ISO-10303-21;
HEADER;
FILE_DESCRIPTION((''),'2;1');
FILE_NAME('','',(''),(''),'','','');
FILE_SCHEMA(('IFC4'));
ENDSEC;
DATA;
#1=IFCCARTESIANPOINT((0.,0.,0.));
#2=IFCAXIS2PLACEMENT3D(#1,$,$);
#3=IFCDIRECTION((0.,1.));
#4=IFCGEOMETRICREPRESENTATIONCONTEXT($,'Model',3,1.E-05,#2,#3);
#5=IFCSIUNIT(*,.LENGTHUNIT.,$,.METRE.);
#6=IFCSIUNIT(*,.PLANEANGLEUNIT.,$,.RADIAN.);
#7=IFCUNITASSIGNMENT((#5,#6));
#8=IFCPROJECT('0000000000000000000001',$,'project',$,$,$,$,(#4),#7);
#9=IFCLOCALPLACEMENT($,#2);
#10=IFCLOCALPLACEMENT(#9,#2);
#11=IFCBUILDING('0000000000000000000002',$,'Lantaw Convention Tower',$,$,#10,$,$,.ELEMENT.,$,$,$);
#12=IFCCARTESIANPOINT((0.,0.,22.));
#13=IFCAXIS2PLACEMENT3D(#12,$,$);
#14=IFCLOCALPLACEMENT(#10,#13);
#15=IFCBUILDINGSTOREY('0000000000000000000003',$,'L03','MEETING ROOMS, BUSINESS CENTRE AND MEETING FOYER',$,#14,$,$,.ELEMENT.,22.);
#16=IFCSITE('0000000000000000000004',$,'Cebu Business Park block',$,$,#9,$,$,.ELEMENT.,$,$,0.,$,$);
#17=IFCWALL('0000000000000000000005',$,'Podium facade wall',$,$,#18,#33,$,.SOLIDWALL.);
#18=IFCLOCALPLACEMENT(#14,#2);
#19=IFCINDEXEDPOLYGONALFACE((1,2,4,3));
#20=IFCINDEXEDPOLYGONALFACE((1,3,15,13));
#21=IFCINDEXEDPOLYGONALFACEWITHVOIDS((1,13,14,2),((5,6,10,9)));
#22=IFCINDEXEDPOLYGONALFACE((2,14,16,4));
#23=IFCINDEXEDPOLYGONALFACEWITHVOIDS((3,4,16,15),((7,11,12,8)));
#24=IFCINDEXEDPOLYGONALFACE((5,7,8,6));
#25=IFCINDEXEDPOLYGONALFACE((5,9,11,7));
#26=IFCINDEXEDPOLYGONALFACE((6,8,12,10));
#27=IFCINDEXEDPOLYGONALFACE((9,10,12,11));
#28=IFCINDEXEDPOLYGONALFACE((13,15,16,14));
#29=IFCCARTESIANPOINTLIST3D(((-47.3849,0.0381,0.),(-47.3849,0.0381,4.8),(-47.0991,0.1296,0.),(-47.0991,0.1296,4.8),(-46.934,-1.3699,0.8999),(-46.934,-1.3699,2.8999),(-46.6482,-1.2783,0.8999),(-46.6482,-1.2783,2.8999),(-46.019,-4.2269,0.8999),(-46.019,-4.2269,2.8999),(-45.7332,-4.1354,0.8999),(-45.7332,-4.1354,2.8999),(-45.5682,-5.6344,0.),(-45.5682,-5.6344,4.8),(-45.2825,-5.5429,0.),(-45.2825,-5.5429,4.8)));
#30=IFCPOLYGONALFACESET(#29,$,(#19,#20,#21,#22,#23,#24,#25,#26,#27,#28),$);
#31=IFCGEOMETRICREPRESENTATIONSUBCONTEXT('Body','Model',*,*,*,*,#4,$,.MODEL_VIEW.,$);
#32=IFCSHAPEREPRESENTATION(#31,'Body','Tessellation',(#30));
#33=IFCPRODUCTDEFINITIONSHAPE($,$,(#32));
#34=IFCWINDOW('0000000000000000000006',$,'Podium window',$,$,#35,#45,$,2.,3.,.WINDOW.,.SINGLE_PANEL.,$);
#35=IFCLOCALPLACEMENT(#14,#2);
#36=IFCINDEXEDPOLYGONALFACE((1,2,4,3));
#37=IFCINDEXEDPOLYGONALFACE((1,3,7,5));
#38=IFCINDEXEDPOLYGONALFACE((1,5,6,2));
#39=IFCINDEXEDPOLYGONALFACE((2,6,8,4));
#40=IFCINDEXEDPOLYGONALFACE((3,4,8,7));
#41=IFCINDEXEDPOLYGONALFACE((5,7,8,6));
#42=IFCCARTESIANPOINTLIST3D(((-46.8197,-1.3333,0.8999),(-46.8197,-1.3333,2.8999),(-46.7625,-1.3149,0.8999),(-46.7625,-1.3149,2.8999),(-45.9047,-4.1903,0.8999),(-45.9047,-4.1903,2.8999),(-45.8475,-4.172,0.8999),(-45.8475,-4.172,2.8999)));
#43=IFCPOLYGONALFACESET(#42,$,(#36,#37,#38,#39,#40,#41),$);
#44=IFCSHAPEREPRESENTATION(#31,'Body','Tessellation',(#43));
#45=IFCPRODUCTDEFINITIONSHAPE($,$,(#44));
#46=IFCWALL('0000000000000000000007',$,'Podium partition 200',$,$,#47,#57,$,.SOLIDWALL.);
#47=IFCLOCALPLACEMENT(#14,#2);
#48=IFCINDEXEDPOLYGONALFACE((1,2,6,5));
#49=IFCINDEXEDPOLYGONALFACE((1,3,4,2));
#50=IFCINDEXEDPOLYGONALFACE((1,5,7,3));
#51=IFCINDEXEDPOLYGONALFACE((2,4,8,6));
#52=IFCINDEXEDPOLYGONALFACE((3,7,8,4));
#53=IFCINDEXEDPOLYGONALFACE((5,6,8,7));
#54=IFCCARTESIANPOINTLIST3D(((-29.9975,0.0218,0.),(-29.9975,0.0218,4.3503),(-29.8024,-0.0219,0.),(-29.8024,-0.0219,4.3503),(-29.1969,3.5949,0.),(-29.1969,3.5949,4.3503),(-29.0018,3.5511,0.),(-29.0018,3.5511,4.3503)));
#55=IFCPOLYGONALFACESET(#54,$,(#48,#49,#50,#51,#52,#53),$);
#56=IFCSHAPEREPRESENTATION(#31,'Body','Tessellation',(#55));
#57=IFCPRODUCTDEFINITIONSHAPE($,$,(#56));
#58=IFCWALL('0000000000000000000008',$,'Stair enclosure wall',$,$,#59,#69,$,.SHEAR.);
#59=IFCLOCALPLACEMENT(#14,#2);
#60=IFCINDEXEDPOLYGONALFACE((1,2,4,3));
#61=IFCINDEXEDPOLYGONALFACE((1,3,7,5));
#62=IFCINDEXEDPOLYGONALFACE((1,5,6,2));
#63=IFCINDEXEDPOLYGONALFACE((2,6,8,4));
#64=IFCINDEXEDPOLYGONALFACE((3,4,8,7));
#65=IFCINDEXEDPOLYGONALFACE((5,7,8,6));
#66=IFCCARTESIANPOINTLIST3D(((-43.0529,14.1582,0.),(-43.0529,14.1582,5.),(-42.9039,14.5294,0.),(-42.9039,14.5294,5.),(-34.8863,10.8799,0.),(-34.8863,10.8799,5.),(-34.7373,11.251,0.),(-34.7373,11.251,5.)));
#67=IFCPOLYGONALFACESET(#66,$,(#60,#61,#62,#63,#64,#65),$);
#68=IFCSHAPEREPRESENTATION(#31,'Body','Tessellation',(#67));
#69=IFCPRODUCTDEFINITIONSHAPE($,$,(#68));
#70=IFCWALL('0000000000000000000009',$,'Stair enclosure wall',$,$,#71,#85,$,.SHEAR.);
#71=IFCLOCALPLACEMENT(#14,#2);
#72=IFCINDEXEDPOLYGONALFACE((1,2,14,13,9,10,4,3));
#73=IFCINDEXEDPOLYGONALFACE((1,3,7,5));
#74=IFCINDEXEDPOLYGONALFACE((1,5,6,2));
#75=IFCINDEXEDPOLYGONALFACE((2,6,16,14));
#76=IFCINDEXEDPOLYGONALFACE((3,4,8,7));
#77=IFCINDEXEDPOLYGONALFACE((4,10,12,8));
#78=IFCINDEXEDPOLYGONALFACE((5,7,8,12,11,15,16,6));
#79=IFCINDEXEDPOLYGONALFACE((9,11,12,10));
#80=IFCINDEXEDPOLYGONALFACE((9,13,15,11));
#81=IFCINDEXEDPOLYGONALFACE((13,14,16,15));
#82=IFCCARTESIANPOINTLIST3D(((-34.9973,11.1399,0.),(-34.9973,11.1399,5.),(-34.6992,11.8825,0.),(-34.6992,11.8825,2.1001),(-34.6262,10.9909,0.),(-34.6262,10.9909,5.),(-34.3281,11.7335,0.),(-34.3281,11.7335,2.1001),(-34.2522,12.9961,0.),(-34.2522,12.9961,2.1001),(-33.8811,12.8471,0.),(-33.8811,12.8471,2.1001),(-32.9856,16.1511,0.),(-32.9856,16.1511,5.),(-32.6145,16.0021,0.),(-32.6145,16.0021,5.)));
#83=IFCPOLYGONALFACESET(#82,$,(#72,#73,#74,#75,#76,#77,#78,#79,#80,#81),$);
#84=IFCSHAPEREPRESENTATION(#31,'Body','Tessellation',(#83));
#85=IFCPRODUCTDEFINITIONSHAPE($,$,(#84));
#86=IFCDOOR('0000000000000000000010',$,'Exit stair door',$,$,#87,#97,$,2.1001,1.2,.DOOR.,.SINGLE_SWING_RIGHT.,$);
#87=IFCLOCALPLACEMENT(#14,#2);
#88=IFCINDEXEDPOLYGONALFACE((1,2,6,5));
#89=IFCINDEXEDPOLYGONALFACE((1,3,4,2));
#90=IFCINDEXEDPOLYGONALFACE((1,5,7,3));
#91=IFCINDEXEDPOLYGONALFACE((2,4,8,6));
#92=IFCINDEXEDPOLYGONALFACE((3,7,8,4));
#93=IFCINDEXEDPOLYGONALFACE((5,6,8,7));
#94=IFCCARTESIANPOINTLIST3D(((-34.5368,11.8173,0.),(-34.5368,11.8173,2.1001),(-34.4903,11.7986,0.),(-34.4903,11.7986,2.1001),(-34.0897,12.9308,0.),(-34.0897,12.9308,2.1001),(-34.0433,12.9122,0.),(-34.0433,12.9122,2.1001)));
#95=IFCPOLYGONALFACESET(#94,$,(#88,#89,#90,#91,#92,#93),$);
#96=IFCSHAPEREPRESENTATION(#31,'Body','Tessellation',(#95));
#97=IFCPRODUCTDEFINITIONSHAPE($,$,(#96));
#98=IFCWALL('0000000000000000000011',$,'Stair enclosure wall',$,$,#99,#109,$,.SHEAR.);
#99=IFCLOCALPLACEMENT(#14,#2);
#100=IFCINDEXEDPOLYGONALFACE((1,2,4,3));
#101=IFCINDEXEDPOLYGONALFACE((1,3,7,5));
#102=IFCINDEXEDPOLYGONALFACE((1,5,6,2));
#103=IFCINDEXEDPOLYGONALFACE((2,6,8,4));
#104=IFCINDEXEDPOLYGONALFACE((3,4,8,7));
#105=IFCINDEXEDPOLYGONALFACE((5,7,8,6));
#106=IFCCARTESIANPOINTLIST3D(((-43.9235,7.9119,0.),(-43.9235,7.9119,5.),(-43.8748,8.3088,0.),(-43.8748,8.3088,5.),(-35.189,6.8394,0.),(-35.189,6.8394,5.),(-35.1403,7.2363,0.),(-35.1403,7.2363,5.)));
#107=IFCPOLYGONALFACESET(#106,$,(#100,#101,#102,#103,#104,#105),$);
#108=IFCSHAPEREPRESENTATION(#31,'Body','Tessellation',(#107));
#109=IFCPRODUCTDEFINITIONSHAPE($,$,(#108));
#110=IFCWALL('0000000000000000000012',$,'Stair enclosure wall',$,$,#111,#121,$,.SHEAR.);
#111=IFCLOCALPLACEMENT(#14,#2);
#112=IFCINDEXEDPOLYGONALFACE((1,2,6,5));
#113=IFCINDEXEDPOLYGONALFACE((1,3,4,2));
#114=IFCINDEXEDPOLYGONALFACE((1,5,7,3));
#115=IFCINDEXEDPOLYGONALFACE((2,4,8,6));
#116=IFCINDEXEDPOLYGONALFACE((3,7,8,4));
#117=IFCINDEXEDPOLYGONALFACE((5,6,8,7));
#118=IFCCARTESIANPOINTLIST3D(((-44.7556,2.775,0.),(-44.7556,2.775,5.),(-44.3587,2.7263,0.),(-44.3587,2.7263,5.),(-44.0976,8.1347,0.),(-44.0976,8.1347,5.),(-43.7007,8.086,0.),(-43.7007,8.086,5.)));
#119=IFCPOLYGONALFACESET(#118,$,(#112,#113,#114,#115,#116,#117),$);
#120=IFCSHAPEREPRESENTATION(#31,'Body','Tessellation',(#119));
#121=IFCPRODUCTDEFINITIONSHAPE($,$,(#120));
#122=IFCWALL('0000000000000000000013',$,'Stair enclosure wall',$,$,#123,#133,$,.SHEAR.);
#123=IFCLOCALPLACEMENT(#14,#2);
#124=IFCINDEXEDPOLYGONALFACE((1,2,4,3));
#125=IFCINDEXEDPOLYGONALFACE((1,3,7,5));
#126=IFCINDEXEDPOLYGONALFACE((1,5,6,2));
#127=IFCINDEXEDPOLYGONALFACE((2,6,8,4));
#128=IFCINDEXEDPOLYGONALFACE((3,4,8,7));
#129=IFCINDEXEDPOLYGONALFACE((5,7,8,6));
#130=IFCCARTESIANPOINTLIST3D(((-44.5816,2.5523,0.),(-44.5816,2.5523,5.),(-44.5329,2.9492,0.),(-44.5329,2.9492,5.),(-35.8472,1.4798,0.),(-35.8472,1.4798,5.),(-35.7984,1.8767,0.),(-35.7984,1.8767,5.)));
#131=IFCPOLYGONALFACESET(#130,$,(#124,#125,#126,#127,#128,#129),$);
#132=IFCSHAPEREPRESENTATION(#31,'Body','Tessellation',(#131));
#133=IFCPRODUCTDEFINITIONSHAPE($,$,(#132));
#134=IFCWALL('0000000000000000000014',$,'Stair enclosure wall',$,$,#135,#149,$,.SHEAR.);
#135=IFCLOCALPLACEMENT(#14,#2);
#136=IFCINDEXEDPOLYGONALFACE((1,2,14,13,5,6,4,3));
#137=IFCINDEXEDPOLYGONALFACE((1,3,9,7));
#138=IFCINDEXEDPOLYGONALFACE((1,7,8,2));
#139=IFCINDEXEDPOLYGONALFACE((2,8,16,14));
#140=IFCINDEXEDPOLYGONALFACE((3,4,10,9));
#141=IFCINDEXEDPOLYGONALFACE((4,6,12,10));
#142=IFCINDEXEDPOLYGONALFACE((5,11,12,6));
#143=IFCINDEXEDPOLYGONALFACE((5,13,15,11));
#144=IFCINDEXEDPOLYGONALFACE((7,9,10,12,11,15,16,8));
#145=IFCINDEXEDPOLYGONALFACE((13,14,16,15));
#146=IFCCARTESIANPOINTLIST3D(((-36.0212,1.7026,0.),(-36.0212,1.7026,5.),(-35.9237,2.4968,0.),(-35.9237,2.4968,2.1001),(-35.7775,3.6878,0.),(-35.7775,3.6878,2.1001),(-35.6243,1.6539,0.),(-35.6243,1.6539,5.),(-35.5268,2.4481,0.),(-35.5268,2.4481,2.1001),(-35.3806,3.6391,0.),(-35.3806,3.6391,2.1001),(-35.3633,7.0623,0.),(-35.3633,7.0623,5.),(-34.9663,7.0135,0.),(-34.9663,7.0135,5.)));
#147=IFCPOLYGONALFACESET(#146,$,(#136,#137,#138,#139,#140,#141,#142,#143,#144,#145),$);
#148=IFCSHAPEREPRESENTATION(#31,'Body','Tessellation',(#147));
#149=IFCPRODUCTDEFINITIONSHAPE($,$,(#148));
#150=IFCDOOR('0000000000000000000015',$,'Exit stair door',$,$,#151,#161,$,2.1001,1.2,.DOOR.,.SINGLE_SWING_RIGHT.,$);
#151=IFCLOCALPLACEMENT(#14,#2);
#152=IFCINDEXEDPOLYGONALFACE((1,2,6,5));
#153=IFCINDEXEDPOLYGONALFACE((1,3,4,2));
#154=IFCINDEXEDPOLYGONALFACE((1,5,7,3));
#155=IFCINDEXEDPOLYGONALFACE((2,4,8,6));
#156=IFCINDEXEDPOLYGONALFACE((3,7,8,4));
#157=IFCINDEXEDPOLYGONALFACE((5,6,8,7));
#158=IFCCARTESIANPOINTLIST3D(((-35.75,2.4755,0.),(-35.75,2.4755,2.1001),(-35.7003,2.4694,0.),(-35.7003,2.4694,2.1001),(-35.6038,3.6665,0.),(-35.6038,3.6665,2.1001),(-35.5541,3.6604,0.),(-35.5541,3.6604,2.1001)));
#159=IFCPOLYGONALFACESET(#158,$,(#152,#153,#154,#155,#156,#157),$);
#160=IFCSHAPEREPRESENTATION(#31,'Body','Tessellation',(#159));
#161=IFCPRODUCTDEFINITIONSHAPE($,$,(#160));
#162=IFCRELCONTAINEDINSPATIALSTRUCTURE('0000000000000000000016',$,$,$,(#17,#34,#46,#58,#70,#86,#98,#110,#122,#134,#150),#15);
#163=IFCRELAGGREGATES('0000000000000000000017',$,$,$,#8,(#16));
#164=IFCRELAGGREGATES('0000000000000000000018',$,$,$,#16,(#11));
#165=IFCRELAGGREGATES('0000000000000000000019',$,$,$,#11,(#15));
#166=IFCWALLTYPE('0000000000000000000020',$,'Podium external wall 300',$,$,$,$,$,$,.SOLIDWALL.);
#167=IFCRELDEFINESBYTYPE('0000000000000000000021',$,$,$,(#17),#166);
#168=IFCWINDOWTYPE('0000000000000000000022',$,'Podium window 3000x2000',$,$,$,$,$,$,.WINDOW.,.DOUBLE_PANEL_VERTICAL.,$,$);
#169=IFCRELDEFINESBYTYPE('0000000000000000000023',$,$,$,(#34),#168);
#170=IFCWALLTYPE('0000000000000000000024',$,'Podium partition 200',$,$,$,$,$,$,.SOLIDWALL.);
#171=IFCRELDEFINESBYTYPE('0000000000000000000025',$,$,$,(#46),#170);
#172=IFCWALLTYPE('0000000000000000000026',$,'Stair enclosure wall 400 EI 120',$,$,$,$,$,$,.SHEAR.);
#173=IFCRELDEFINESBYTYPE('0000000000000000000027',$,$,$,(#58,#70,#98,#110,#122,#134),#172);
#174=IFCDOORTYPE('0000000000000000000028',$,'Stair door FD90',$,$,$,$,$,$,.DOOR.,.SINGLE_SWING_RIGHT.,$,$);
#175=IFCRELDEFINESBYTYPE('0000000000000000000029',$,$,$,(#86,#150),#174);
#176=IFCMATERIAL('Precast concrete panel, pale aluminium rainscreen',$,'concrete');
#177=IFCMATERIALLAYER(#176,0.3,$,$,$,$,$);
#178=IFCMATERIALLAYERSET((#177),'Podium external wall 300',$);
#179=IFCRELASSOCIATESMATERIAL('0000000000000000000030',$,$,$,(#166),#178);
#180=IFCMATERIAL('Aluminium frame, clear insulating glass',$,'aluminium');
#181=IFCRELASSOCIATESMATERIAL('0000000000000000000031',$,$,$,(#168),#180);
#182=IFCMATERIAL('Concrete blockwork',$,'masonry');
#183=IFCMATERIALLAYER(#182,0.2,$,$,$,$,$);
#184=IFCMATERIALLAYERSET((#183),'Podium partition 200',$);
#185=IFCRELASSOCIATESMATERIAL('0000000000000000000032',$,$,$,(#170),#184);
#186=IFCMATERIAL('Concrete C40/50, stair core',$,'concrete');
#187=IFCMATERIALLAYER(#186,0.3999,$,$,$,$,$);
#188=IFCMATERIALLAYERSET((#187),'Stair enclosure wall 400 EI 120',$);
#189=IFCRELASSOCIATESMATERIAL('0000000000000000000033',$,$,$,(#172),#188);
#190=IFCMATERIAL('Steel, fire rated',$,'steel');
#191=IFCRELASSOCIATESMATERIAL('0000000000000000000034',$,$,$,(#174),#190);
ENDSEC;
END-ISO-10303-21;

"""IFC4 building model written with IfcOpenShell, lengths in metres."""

from ifc_helpers import new_model, si_unit, direction, frame, frame_2d, origin, place, context, subcontext, project, spatial, rectangle, extrude, material, layer, layer_set, type_object, element, fill, save


model = new_model("IFC4")

# Units and contexts
model_context = context("Model", 3, precision=1e-05, world=origin(), true_north=direction((0.0, 1.0)))
body_context = subcontext(model_context, "Body", "Model", "MODEL_VIEW")
ifc_project = project(units=[si_unit("LENGTHUNIT", "METRE"), si_unit("PLANEANGLEUNIT", "RADIAN")], contexts=[model_context])

# Site, building, storey
site_placement = place(None, origin())
site = spatial("IfcSite", under=ifc_project, at=site_placement, Name="Cebu Business Park block", CompositionType="ELEMENT", RefElevation=0.0)
building_placement = place(site_placement, origin())
building = spatial("IfcBuilding", under=site, at=building_placement, Name="Lantaw Convention Tower", CompositionType="ELEMENT")
storey_placement = place(building_placement, frame((0.0, 0.0, 22.0)))
storey = spatial("IfcBuildingStorey", under=building, at=storey_placement, Name="L03", Description="MEETING ROOMS, BUSINESS CENTRE AND MEETING FOYER", CompositionType="ELEMENT", Elevation=22.0)

# Wall, opening, window
ifc_material_1 = material(Name="Precast concrete panel, pale aluminium rainscreen", Category="concrete")
ifc_layer_1 = layer(ifc_material_1, 0.3)
ifc_layer_set_1 = layer_set([ifc_layer_1], Name="Podium external wall 300")
wall_type_1 = type_object("IfcWallType", Name="Podium external wall 300", PredefinedType="SOLIDWALL", material=ifc_layer_set_1)
ifc_material_2 = material(Name="Aluminium frame, clear insulating glass", Category="aluminium")
window_type = type_object("IfcWindowType", Name="Podium window 3000x2000", PartitioningType="DOUBLE_PANEL_VERTICAL", PredefinedType="WINDOW", material=ifc_material_2)
wall_1_placement = place(storey_placement, frame((-47.2419, 0.0837, 0.0), z_axis=(0.0, 0.0, 1.0), x_axis=(0.304991, -0.952355, 0.0)))
wall_1 = element("IfcWall", 1, at=wall_1_placement, inside=storey, type_object=wall_type_1, Name="Podium facade wall", PredefinedType="SOLIDWALL", context=body_context, shape_type="SweptSolid", body=[
    extrude(rectangle(XDim=5.9563, YDim=0.3, at=frame_2d((2.978, 0.0))), origin(), (0.0, 0.0, 1.0), 4.8),
])
opening_1_placement = place(wall_1_placement, frame((1.4783, 0.0, 0.8999)))
opening_1 = element("IfcOpeningElement", 2, at=opening_1_placement, cuts=wall_1, PredefinedType="OPENING", context=body_context, shape_type="SweptSolid", body=[
    extrude(rectangle(XDim=3.0, YDim=2.0, at=frame_2d((1.5, 1.0))), frame((0.0, 0.1599, 0.0), z_axis=(0.0, -1.0, 0.0), x_axis=(1.0, 0.0, 0.0)), (0.0, 0.0, 1.0), 0.3201),
])
window_1_placement = place(opening_1_placement, origin())
window_1 = element("IfcWindow", 3, at=window_1_placement, inside=storey, type_object=window_type, Name="Podium window", OverallHeight=2.0, OverallWidth=3.0, PartitioningType="SINGLE_PANEL", PredefinedType="WINDOW", context=body_context, shape_type="SweptSolid", body=[
    extrude(rectangle(XDim=3.0, YDim=2.0, at=frame_2d((1.5, 1.0))), frame((0.0, 0.03, 0.0), z_axis=(0.0, -1.0, 0.0), x_axis=(1.0, 0.0, 0.0)), (0.0, 0.0, 1.0), 0.0601),
])
fill(opening_1, window_1)

# Walls
ifc_material_3 = material(Name="Concrete blockwork", Category="masonry")
ifc_layer_2 = layer(ifc_material_3, 0.2)
ifc_layer_set_2 = layer_set([ifc_layer_2], Name="Podium partition 200")
wall_type_2 = type_object("IfcWallType", Name="Podium partition 200", PredefinedType="SOLIDWALL", material=ifc_layer_set_2)
wall_2_placement = place(storey_placement, frame((-29.0994, 3.573, 0.0), z_axis=(0.0, 0.0, 1.0), x_axis=(-0.218632, -0.975807, 0.0)))
element("IfcWall", 4, at=wall_2_placement, inside=storey, type_object=wall_type_2, Name="Podium partition 200", PredefinedType="SOLIDWALL", context=body_context, shape_type="SweptSolid", body=[
    extrude(rectangle(XDim=3.6616, YDim=0.2, at=frame_2d((1.8308, 0.0))), origin(), (0.0, 0.0, 1.0), 4.3503),
])
ifc_material_4 = material(Name="Concrete C40/50, stair core", Category="concrete")
ifc_layer_3 = layer(ifc_material_4, 0.3999)
ifc_layer_set_3 = layer_set([ifc_layer_3], Name="Stair enclosure wall 400 EI 120")
wall_type_3 = type_object("IfcWallType", Name="Stair enclosure wall 400 EI 120", PredefinedType="SHEAR", material=ifc_layer_set_3)
wall_3_placement = place(storey_placement, frame((-42.9783, 14.3438, 0.0), z_axis=(0.0, 0.0, 1.0), x_axis=(0.928017, -0.372538, 0.0)))
element("IfcWall", 5, at=wall_3_placement, inside=storey, type_object=wall_type_3, Name="Stair enclosure wall", PredefinedType="SHEAR", context=body_context, shape_type="SweptSolid", body=[
    extrude(rectangle(XDim=8.8, YDim=0.3999, at=frame_2d((4.3999, 0.0))), origin(), (0.0, 0.0, 1.0), 5.0),
])

# Wall, opening, door
wall_4_placement = place(storey_placement, frame((-34.8118, 11.0654, 0.0), z_axis=(0.0, 0.0, 1.0), x_axis=(0.372544, 0.928015, 0.0)))
wall_4 = element("IfcWall", 6, at=wall_4_placement, inside=storey, type_object=wall_type_3, Name="Stair enclosure wall", PredefinedType="SHEAR", context=body_context, shape_type="SweptSolid", body=[
    extrude(rectangle(XDim=5.3999, YDim=0.3999, at=frame_2d((2.7, 0.0))), origin(), (0.0, 0.0, 1.0), 5.0),
])
opening_2_placement = place(wall_4_placement, frame((0.8, 0.0, 0.0)))
opening_2 = element("IfcOpeningElement", 7, at=opening_2_placement, cuts=wall_4, PredefinedType="OPENING", context=body_context, shape_type="SweptSolid", body=[
    extrude(rectangle(XDim=1.2, YDim=2.1001, at=frame_2d((0.6001, 1.05))), frame((0.0, 0.21, 0.0), z_axis=(0.0, -1.0, 0.0), x_axis=(1.0, 0.0, 0.0)), (0.0, 0.0, 1.0), 0.4199),
])
ifc_material_5 = material(Name="Steel, fire rated", Category="steel")
door_type = type_object("IfcDoorType", Name="Stair door FD90", OperationType="SINGLE_SWING_RIGHT", PredefinedType="DOOR", material=ifc_material_5)
door_1_placement = place(opening_2_placement, origin())
door_1 = element("IfcDoor", 8, at=door_1_placement, inside=storey, type_object=door_type, Name="Exit stair door", OperationType="SINGLE_SWING_RIGHT", OverallHeight=2.1001, OverallWidth=1.2, PredefinedType="DOOR", context=body_context, shape_type="SweptSolid", body=[
    extrude(rectangle(XDim=1.2, YDim=2.1001, at=frame_2d((0.6001, 1.05))), frame((0.0, 0.0249, 0.0), z_axis=(0.0, -1.0, 0.0), x_axis=(1.0, 0.0, 0.0)), (0.0, 0.0, 1.0), 0.05),
])
fill(opening_2, door_1)

# Walls
wall_5_placement = place(storey_placement, frame((-35.1648, 7.0378, 0.0), z_axis=(0.0, 0.0, 1.0), x_axis=(-0.992545, 0.121876, 0.0)))
element("IfcWall", 9, at=wall_5_placement, inside=storey, type_object=wall_type_3, Name="Stair enclosure wall", PredefinedType="SHEAR", context=body_context, shape_type="SweptSolid", body=[
    extrude(rectangle(XDim=8.8, YDim=0.3999, at=frame_2d((4.3999, 0.0))), origin(), (0.0, 0.0, 1.0), 5.0),
])
wall_6_placement = place(storey_placement, frame((-43.8992, 8.1104, 0.0), z_axis=(0.0, 0.0, 1.0), x_axis=(-0.121848, -0.992549, 0.0)))
element("IfcWall", 10, at=wall_6_placement, inside=storey, type_object=wall_type_3, Name="Stair enclosure wall", PredefinedType="SHEAR", context=body_context, shape_type="SweptSolid", body=[
    extrude(rectangle(XDim=5.3999, YDim=0.3999, at=frame_2d((2.7, 0.0))), origin(), (0.0, 0.0, 1.0), 5.0),
])
wall_7_placement = place(storey_placement, frame((-44.5571, 2.7507, 0.0), z_axis=(0.0, 0.0, 1.0), x_axis=(0.992545, -0.121876, 0.0)))
element("IfcWall", 11, at=wall_7_placement, inside=storey, type_object=wall_type_3, Name="Stair enclosure wall", PredefinedType="SHEAR", context=body_context, shape_type="SweptSolid", body=[
    extrude(rectangle(XDim=8.8, YDim=0.3999, at=frame_2d((4.3999, 0.0))), origin(), (0.0, 0.0, 1.0), 5.0),
])

# Wall, opening, door
wall_8_placement = place(storey_placement, frame((-35.8228, 1.6782, 0.0), z_axis=(0.0, 0.0, 1.0), x_axis=(0.121848, 0.992549, 0.0)))
wall_8 = element("IfcWall", 12, at=wall_8_placement, inside=storey, type_object=wall_type_3, Name="Stair enclosure wall", PredefinedType="SHEAR", context=body_context, shape_type="SweptSolid", body=[
    extrude(rectangle(XDim=5.3999, YDim=0.3999, at=frame_2d((2.7, 0.0))), origin(), (0.0, 0.0, 1.0), 5.0),
])
opening_3_placement = place(wall_8_placement, frame((0.8, 0.0, 0.0)))
opening_3 = element("IfcOpeningElement", 13, at=opening_3_placement, cuts=wall_8, PredefinedType="OPENING", context=body_context, shape_type="SweptSolid", body=[
    extrude(rectangle(XDim=1.2, YDim=2.1001, at=frame_2d((0.6001, 1.05))), frame((0.0, 0.21, 0.0), z_axis=(0.0, -1.0, 0.0), x_axis=(1.0, 0.0, 0.0)), (0.0, 0.0, 1.0), 0.4199),
])
door_2_placement = place(opening_3_placement, origin())
door_2 = element("IfcDoor", 14, at=door_2_placement, inside=storey, type_object=door_type, Name="Exit stair door", OperationType="SINGLE_SWING_RIGHT", OverallHeight=2.1001, OverallWidth=1.2, PredefinedType="DOOR", context=body_context, shape_type="SweptSolid", body=[
    extrude(rectangle(XDim=1.2, YDim=2.1001, at=frame_2d((0.6001, 1.05))), frame((0.0, 0.0249, 0.0), z_axis=(0.0, -1.0, 0.0), x_axis=(1.0, 0.0, 0.0)), (0.0, 0.0, 1.0), 0.05),
])
fill(opening_3, door_2)

save(model, "model.ifc")
